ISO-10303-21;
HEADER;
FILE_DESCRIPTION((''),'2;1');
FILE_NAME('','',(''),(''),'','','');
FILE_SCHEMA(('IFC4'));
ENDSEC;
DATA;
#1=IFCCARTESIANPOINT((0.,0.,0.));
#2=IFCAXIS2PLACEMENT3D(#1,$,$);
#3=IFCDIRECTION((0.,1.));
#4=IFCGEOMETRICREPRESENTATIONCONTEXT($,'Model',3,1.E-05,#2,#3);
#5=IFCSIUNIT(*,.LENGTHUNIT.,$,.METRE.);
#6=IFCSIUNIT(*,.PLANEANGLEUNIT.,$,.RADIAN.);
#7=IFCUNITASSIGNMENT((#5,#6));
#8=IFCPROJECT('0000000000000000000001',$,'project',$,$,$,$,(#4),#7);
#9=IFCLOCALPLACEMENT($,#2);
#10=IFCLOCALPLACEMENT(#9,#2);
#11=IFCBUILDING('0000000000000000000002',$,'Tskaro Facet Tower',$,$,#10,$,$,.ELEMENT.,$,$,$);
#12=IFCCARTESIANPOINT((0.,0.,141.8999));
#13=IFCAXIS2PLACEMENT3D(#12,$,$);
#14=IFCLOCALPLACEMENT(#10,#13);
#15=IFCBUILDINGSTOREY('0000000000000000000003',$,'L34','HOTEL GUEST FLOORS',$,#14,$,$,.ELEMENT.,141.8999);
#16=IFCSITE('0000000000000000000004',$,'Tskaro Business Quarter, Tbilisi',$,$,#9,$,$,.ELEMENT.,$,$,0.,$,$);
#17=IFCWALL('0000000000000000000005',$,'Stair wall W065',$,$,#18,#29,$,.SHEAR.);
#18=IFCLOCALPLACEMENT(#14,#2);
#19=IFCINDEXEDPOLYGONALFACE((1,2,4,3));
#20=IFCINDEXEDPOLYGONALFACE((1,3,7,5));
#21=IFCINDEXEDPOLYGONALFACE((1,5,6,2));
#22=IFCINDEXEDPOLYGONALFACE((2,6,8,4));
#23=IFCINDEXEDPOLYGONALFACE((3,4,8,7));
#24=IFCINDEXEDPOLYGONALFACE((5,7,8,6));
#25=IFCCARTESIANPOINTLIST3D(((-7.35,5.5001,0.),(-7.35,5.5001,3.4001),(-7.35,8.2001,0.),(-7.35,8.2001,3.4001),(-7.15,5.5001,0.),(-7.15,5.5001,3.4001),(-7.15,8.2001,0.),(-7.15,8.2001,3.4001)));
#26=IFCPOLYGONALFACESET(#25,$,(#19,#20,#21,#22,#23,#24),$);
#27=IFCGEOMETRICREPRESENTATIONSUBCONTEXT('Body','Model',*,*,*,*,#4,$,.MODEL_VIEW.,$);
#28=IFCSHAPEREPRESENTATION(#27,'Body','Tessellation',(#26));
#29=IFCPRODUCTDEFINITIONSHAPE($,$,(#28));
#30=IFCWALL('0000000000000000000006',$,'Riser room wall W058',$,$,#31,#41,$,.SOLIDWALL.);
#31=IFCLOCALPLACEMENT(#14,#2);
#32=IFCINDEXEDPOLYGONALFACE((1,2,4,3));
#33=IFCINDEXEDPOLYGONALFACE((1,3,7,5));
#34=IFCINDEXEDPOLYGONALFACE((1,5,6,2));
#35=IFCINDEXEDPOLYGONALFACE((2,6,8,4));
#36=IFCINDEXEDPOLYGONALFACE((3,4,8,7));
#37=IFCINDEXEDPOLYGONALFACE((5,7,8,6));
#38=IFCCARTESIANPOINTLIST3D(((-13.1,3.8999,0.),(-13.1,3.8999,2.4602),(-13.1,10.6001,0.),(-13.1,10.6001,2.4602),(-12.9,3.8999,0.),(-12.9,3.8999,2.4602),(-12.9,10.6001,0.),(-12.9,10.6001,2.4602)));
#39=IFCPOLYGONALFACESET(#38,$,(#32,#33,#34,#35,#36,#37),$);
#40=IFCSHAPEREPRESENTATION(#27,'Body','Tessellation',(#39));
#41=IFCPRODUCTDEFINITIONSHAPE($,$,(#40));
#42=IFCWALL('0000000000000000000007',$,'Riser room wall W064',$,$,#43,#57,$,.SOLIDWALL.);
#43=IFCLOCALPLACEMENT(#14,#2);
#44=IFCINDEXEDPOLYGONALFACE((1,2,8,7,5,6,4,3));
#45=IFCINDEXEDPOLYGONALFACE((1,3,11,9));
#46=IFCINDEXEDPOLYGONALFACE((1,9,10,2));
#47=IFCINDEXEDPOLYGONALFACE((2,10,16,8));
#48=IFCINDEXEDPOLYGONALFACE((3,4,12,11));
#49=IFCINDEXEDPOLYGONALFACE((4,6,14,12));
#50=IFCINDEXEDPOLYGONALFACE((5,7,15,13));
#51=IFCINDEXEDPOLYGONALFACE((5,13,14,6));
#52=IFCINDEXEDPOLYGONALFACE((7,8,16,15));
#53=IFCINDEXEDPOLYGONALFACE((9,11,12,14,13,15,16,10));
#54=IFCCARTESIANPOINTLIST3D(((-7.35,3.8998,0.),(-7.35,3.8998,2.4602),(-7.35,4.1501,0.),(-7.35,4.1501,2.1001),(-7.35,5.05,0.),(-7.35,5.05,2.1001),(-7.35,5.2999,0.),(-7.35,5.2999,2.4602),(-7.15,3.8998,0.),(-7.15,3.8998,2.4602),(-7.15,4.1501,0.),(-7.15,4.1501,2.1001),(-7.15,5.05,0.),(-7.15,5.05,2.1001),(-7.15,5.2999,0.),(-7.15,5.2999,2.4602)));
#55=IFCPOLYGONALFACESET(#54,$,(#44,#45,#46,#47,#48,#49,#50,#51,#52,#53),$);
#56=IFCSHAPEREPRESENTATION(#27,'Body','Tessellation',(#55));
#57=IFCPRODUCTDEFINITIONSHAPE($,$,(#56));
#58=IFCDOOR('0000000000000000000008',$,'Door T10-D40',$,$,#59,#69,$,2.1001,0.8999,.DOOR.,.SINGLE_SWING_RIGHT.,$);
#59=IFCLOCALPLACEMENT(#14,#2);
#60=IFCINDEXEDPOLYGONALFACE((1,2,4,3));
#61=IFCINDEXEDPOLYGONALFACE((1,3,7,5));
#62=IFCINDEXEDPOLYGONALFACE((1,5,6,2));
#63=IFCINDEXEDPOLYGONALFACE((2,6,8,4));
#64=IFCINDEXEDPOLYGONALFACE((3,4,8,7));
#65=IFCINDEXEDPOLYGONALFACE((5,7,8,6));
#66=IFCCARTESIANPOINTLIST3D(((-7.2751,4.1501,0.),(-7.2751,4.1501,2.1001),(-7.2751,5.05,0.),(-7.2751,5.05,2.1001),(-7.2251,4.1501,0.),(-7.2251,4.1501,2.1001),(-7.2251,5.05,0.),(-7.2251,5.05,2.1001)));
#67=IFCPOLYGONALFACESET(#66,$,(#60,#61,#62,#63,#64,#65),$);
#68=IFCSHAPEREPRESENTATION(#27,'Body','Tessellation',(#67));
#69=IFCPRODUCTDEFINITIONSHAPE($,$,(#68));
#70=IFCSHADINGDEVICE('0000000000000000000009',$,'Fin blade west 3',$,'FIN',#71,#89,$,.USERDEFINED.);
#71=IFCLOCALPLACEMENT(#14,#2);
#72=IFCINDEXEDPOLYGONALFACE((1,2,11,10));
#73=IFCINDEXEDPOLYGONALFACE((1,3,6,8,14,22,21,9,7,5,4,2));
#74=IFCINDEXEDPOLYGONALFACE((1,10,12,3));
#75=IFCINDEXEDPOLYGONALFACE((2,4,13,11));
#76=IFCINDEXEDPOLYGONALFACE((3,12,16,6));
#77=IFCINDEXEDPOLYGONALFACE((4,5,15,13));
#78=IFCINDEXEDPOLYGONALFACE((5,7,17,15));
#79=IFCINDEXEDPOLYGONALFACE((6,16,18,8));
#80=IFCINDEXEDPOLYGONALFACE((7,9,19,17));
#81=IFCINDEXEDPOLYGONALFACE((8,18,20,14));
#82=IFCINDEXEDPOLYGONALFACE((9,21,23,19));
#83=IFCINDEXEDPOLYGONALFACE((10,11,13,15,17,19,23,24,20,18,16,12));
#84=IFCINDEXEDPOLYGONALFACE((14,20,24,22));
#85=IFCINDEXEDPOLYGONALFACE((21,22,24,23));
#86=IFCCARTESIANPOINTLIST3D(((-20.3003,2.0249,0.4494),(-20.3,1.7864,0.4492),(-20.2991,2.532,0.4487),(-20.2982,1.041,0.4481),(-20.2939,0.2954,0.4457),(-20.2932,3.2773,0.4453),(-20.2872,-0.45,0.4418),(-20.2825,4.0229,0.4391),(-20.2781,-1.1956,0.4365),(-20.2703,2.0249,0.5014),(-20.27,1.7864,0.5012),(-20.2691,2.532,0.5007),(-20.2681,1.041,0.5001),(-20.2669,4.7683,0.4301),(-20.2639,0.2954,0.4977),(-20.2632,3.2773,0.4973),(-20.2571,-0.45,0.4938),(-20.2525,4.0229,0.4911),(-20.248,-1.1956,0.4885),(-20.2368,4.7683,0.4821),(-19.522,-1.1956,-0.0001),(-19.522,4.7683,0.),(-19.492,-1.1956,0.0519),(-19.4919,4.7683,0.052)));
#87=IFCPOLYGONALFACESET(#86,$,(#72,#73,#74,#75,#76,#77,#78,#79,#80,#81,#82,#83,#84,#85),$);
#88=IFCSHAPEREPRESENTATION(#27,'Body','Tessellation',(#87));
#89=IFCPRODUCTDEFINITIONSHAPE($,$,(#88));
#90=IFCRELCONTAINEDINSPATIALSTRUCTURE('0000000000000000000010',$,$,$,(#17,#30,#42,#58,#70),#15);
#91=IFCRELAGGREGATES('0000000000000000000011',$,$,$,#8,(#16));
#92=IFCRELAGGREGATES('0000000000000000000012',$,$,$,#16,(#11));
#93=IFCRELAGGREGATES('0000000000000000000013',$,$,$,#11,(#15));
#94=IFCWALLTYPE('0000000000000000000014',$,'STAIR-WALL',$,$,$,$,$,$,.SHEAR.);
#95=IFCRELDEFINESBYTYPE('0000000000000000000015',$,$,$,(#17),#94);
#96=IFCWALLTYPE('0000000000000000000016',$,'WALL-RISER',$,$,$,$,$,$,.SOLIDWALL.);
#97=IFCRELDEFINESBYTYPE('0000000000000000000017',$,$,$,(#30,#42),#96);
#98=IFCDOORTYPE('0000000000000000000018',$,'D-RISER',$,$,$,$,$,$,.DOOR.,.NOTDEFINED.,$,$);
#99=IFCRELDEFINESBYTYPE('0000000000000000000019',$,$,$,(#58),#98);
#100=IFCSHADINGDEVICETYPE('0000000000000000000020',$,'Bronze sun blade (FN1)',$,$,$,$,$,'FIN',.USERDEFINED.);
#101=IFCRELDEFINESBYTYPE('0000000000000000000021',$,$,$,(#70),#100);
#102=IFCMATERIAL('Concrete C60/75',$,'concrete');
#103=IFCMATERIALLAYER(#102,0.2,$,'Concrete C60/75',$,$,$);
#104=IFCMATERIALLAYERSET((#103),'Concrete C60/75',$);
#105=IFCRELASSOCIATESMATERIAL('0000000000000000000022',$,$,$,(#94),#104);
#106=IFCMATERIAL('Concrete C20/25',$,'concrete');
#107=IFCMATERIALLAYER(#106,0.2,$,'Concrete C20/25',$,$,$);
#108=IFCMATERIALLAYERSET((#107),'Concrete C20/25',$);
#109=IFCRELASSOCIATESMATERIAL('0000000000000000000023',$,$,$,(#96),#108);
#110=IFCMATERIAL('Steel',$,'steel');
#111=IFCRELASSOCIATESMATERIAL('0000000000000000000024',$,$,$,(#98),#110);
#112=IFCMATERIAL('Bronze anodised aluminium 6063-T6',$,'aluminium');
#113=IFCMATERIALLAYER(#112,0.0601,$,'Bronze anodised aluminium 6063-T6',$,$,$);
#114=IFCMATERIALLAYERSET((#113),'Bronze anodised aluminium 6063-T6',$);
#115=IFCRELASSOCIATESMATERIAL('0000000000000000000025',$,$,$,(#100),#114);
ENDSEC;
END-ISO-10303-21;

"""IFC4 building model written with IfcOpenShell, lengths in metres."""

from ifc_helpers import new_model, si_unit, direction, frame, frame_2d, origin, place, context, subcontext, project, spatial, polyline, rectangle, outline, extrude, material, layer, layer_set, type_object, element, fill, save


model = new_model("IFC4")

# Units and contexts
model_context = context("Model", 3, precision=1e-05, world=origin(), true_north=direction((0.0, 1.0)))
body_context = subcontext(model_context, "Body", "Model", "MODEL_VIEW")
ifc_project = project(units=[si_unit("LENGTHUNIT", "METRE"), si_unit("PLANEANGLEUNIT", "RADIAN")], contexts=[model_context])

# Site, building, storey
site_placement = place(None, origin())
site = spatial("IfcSite", under=ifc_project, at=site_placement, Name="Tskaro Business Quarter, Tbilisi", CompositionType="ELEMENT", RefElevation=0.0)
building_placement = place(site_placement, origin())
building = spatial("IfcBuilding", under=site, at=building_placement, Name="Tskaro Facet Tower", CompositionType="ELEMENT")
storey_placement = place(building_placement, frame((0.0, 0.0, 141.8999)))
storey = spatial("IfcBuildingStorey", under=building, at=storey_placement, Name="L34", Description="HOTEL GUEST FLOORS", CompositionType="ELEMENT", Elevation=141.8999)

# Shared definitions
ifc_material_1 = material(Name="Bronze anodised aluminium 6063-T6", Category="aluminium")

# Shared definitions
ifc_material_2 = material(Name="Concrete C60/75", Category="concrete")

# Walls
ifc_layer_1 = layer(ifc_material_2, 0.2, Name="Concrete C60/75")
ifc_layer_set_1 = layer_set([ifc_layer_1], Name="Concrete C60/75")
wall_type_1 = type_object("IfcWallType", Name="STAIR-WALL", PredefinedType="SHEAR", material=ifc_layer_set_1)
wall_1_placement = place(storey_placement, frame((-7.25, 5.5, 0.0), z_axis=(0.0, 0.0, 1.0), x_axis=(0.0, 1.0, 0.0)))
element("IfcWall", 1, at=wall_1_placement, inside=storey, type_object=wall_type_1, Name="Stair wall W065", PredefinedType="SHEAR", context=body_context, shape_type="SweptSolid", body=[
    extrude(rectangle(XDim=2.7, YDim=0.2, at=frame_2d((1.3501, 0.0))), origin(), (0.0, 0.0, 1.0), 3.4001),
])
ifc_material_3 = material(Name="Concrete C20/25", Category="concrete")
ifc_layer_2 = layer(ifc_material_3, 0.2, Name="Concrete C20/25")
ifc_layer_set_2 = layer_set([ifc_layer_2], Name="Concrete C20/25")
wall_type_2 = type_object("IfcWallType", Name="WALL-RISER", PredefinedType="SOLIDWALL", material=ifc_layer_set_2)
wall_2_placement = place(storey_placement, frame((-13.0, 3.8999, 0.0), z_axis=(0.0, 0.0, 1.0), x_axis=(0.0, 1.0, 0.0)))
element("IfcWall", 2, at=wall_2_placement, inside=storey, type_object=wall_type_2, Name="Riser room wall W058", PredefinedType="SOLIDWALL", context=body_context, shape_type="SweptSolid", body=[
    extrude(rectangle(XDim=6.7002, YDim=0.2, at=frame_2d((3.3501, 0.0))), origin(), (0.0, 0.0, 1.0), 2.4602),
])

# Wall, opening, door
wall_3_placement = place(storey_placement, frame((-7.25, 5.3, 0.0), z_axis=(0.0, 0.0, 1.0), x_axis=(0.0, -1.0, 0.0)))
wall_3 = element("IfcWall", 3, at=wall_3_placement, inside=storey, type_object=wall_type_2, Name="Riser room wall W064", PredefinedType="SOLIDWALL", context=body_context, shape_type="SweptSolid", body=[
    extrude(rectangle(XDim=1.4001, YDim=0.2, at=frame_2d((0.7002, 0.0))), origin(), (0.0, 0.0, 1.0), 2.4602),
])
opening_1_placement = place(wall_3_placement, frame((0.25, 0.0, 0.0)))
opening_1 = element("IfcOpeningElement", 4, at=opening_1_placement, cuts=wall_3, PredefinedType="OPENING", context=body_context, shape_type="SweptSolid", body=[
    extrude(rectangle(XDim=0.8999, YDim=2.1001, at=frame_2d((0.45, 1.05))), frame((0.0, 0.1099, 0.0), z_axis=(0.0, -1.0, 0.0), x_axis=(1.0, 0.0, 0.0)), (0.0, 0.0, 1.0), 0.22),
])
ifc_material_4 = material(Name="Steel", Category="steel")
door_type_1 = type_object("IfcDoorType", Name="D-RISER", OperationType="NOTDEFINED", PredefinedType="DOOR", material=ifc_material_4)
door_1_placement = place(opening_1_placement, origin())
door_1 = element("IfcDoor", 5, at=door_1_placement, inside=storey, type_object=door_type_1, Name="Door T10-D40", OperationType="SINGLE_SWING_RIGHT", OverallHeight=2.1001, OverallWidth=0.8999, PredefinedType="DOOR", context=body_context, shape_type="SweptSolid", body=[
    extrude(rectangle(XDim=0.8999, YDim=2.1001, at=frame_2d((0.45, 1.05))), frame((0.0, 0.0249, 0.0), z_axis=(0.0, -1.0, 0.0), x_axis=(1.0, 0.0, 0.0)), (0.0, 0.0, 1.0), 0.05),
])
fill(opening_1, door_1)

# Shading device
ifc_layer_3 = layer(ifc_material_1, 0.0601, Name="Bronze anodised aluminium 6063-T6")
ifc_layer_set_3 = layer_set([ifc_layer_3], Name="Bronze anodised aluminium 6063-T6")
shading_device_type = type_object("IfcShadingDeviceType", Name="Bronze sun blade (FN1)", ElementType="FIN", PredefinedType="USERDEFINED", material=ifc_layer_set_3)
shading_device_placement = place(storey_placement, frame((-19.4919, 4.7683, 0.052), z_axis=(0.500051, -0.00001, 0.865996), x_axis=(-0.000005, -1.0, -0.000009)))
element("IfcShadingDevice", 6, at=shading_device_placement, inside=storey, type_object=shading_device_type, Name="Fin blade west 3", ObjectType="FIN", PredefinedType="USERDEFINED", context=body_context, shape_type="SweptSolid", body=[
    extrude(outline(polyline([(0.0, 0.0), (5.9639, 0.0), (5.9639, -0.8731), (5.2183, -0.8836), (4.4729, -0.8913), (3.7273, -0.8963), (2.9819, -0.8984), (2.7434, -0.8988), (2.2363, -0.8974), (1.491, -0.8906), (0.7454, -0.8782), (0.0, -0.8602), (0.0, 0.0)])), origin(), (0.0, 0.0, -1.0), 0.0601),
])

save(model, "model.ifc")
